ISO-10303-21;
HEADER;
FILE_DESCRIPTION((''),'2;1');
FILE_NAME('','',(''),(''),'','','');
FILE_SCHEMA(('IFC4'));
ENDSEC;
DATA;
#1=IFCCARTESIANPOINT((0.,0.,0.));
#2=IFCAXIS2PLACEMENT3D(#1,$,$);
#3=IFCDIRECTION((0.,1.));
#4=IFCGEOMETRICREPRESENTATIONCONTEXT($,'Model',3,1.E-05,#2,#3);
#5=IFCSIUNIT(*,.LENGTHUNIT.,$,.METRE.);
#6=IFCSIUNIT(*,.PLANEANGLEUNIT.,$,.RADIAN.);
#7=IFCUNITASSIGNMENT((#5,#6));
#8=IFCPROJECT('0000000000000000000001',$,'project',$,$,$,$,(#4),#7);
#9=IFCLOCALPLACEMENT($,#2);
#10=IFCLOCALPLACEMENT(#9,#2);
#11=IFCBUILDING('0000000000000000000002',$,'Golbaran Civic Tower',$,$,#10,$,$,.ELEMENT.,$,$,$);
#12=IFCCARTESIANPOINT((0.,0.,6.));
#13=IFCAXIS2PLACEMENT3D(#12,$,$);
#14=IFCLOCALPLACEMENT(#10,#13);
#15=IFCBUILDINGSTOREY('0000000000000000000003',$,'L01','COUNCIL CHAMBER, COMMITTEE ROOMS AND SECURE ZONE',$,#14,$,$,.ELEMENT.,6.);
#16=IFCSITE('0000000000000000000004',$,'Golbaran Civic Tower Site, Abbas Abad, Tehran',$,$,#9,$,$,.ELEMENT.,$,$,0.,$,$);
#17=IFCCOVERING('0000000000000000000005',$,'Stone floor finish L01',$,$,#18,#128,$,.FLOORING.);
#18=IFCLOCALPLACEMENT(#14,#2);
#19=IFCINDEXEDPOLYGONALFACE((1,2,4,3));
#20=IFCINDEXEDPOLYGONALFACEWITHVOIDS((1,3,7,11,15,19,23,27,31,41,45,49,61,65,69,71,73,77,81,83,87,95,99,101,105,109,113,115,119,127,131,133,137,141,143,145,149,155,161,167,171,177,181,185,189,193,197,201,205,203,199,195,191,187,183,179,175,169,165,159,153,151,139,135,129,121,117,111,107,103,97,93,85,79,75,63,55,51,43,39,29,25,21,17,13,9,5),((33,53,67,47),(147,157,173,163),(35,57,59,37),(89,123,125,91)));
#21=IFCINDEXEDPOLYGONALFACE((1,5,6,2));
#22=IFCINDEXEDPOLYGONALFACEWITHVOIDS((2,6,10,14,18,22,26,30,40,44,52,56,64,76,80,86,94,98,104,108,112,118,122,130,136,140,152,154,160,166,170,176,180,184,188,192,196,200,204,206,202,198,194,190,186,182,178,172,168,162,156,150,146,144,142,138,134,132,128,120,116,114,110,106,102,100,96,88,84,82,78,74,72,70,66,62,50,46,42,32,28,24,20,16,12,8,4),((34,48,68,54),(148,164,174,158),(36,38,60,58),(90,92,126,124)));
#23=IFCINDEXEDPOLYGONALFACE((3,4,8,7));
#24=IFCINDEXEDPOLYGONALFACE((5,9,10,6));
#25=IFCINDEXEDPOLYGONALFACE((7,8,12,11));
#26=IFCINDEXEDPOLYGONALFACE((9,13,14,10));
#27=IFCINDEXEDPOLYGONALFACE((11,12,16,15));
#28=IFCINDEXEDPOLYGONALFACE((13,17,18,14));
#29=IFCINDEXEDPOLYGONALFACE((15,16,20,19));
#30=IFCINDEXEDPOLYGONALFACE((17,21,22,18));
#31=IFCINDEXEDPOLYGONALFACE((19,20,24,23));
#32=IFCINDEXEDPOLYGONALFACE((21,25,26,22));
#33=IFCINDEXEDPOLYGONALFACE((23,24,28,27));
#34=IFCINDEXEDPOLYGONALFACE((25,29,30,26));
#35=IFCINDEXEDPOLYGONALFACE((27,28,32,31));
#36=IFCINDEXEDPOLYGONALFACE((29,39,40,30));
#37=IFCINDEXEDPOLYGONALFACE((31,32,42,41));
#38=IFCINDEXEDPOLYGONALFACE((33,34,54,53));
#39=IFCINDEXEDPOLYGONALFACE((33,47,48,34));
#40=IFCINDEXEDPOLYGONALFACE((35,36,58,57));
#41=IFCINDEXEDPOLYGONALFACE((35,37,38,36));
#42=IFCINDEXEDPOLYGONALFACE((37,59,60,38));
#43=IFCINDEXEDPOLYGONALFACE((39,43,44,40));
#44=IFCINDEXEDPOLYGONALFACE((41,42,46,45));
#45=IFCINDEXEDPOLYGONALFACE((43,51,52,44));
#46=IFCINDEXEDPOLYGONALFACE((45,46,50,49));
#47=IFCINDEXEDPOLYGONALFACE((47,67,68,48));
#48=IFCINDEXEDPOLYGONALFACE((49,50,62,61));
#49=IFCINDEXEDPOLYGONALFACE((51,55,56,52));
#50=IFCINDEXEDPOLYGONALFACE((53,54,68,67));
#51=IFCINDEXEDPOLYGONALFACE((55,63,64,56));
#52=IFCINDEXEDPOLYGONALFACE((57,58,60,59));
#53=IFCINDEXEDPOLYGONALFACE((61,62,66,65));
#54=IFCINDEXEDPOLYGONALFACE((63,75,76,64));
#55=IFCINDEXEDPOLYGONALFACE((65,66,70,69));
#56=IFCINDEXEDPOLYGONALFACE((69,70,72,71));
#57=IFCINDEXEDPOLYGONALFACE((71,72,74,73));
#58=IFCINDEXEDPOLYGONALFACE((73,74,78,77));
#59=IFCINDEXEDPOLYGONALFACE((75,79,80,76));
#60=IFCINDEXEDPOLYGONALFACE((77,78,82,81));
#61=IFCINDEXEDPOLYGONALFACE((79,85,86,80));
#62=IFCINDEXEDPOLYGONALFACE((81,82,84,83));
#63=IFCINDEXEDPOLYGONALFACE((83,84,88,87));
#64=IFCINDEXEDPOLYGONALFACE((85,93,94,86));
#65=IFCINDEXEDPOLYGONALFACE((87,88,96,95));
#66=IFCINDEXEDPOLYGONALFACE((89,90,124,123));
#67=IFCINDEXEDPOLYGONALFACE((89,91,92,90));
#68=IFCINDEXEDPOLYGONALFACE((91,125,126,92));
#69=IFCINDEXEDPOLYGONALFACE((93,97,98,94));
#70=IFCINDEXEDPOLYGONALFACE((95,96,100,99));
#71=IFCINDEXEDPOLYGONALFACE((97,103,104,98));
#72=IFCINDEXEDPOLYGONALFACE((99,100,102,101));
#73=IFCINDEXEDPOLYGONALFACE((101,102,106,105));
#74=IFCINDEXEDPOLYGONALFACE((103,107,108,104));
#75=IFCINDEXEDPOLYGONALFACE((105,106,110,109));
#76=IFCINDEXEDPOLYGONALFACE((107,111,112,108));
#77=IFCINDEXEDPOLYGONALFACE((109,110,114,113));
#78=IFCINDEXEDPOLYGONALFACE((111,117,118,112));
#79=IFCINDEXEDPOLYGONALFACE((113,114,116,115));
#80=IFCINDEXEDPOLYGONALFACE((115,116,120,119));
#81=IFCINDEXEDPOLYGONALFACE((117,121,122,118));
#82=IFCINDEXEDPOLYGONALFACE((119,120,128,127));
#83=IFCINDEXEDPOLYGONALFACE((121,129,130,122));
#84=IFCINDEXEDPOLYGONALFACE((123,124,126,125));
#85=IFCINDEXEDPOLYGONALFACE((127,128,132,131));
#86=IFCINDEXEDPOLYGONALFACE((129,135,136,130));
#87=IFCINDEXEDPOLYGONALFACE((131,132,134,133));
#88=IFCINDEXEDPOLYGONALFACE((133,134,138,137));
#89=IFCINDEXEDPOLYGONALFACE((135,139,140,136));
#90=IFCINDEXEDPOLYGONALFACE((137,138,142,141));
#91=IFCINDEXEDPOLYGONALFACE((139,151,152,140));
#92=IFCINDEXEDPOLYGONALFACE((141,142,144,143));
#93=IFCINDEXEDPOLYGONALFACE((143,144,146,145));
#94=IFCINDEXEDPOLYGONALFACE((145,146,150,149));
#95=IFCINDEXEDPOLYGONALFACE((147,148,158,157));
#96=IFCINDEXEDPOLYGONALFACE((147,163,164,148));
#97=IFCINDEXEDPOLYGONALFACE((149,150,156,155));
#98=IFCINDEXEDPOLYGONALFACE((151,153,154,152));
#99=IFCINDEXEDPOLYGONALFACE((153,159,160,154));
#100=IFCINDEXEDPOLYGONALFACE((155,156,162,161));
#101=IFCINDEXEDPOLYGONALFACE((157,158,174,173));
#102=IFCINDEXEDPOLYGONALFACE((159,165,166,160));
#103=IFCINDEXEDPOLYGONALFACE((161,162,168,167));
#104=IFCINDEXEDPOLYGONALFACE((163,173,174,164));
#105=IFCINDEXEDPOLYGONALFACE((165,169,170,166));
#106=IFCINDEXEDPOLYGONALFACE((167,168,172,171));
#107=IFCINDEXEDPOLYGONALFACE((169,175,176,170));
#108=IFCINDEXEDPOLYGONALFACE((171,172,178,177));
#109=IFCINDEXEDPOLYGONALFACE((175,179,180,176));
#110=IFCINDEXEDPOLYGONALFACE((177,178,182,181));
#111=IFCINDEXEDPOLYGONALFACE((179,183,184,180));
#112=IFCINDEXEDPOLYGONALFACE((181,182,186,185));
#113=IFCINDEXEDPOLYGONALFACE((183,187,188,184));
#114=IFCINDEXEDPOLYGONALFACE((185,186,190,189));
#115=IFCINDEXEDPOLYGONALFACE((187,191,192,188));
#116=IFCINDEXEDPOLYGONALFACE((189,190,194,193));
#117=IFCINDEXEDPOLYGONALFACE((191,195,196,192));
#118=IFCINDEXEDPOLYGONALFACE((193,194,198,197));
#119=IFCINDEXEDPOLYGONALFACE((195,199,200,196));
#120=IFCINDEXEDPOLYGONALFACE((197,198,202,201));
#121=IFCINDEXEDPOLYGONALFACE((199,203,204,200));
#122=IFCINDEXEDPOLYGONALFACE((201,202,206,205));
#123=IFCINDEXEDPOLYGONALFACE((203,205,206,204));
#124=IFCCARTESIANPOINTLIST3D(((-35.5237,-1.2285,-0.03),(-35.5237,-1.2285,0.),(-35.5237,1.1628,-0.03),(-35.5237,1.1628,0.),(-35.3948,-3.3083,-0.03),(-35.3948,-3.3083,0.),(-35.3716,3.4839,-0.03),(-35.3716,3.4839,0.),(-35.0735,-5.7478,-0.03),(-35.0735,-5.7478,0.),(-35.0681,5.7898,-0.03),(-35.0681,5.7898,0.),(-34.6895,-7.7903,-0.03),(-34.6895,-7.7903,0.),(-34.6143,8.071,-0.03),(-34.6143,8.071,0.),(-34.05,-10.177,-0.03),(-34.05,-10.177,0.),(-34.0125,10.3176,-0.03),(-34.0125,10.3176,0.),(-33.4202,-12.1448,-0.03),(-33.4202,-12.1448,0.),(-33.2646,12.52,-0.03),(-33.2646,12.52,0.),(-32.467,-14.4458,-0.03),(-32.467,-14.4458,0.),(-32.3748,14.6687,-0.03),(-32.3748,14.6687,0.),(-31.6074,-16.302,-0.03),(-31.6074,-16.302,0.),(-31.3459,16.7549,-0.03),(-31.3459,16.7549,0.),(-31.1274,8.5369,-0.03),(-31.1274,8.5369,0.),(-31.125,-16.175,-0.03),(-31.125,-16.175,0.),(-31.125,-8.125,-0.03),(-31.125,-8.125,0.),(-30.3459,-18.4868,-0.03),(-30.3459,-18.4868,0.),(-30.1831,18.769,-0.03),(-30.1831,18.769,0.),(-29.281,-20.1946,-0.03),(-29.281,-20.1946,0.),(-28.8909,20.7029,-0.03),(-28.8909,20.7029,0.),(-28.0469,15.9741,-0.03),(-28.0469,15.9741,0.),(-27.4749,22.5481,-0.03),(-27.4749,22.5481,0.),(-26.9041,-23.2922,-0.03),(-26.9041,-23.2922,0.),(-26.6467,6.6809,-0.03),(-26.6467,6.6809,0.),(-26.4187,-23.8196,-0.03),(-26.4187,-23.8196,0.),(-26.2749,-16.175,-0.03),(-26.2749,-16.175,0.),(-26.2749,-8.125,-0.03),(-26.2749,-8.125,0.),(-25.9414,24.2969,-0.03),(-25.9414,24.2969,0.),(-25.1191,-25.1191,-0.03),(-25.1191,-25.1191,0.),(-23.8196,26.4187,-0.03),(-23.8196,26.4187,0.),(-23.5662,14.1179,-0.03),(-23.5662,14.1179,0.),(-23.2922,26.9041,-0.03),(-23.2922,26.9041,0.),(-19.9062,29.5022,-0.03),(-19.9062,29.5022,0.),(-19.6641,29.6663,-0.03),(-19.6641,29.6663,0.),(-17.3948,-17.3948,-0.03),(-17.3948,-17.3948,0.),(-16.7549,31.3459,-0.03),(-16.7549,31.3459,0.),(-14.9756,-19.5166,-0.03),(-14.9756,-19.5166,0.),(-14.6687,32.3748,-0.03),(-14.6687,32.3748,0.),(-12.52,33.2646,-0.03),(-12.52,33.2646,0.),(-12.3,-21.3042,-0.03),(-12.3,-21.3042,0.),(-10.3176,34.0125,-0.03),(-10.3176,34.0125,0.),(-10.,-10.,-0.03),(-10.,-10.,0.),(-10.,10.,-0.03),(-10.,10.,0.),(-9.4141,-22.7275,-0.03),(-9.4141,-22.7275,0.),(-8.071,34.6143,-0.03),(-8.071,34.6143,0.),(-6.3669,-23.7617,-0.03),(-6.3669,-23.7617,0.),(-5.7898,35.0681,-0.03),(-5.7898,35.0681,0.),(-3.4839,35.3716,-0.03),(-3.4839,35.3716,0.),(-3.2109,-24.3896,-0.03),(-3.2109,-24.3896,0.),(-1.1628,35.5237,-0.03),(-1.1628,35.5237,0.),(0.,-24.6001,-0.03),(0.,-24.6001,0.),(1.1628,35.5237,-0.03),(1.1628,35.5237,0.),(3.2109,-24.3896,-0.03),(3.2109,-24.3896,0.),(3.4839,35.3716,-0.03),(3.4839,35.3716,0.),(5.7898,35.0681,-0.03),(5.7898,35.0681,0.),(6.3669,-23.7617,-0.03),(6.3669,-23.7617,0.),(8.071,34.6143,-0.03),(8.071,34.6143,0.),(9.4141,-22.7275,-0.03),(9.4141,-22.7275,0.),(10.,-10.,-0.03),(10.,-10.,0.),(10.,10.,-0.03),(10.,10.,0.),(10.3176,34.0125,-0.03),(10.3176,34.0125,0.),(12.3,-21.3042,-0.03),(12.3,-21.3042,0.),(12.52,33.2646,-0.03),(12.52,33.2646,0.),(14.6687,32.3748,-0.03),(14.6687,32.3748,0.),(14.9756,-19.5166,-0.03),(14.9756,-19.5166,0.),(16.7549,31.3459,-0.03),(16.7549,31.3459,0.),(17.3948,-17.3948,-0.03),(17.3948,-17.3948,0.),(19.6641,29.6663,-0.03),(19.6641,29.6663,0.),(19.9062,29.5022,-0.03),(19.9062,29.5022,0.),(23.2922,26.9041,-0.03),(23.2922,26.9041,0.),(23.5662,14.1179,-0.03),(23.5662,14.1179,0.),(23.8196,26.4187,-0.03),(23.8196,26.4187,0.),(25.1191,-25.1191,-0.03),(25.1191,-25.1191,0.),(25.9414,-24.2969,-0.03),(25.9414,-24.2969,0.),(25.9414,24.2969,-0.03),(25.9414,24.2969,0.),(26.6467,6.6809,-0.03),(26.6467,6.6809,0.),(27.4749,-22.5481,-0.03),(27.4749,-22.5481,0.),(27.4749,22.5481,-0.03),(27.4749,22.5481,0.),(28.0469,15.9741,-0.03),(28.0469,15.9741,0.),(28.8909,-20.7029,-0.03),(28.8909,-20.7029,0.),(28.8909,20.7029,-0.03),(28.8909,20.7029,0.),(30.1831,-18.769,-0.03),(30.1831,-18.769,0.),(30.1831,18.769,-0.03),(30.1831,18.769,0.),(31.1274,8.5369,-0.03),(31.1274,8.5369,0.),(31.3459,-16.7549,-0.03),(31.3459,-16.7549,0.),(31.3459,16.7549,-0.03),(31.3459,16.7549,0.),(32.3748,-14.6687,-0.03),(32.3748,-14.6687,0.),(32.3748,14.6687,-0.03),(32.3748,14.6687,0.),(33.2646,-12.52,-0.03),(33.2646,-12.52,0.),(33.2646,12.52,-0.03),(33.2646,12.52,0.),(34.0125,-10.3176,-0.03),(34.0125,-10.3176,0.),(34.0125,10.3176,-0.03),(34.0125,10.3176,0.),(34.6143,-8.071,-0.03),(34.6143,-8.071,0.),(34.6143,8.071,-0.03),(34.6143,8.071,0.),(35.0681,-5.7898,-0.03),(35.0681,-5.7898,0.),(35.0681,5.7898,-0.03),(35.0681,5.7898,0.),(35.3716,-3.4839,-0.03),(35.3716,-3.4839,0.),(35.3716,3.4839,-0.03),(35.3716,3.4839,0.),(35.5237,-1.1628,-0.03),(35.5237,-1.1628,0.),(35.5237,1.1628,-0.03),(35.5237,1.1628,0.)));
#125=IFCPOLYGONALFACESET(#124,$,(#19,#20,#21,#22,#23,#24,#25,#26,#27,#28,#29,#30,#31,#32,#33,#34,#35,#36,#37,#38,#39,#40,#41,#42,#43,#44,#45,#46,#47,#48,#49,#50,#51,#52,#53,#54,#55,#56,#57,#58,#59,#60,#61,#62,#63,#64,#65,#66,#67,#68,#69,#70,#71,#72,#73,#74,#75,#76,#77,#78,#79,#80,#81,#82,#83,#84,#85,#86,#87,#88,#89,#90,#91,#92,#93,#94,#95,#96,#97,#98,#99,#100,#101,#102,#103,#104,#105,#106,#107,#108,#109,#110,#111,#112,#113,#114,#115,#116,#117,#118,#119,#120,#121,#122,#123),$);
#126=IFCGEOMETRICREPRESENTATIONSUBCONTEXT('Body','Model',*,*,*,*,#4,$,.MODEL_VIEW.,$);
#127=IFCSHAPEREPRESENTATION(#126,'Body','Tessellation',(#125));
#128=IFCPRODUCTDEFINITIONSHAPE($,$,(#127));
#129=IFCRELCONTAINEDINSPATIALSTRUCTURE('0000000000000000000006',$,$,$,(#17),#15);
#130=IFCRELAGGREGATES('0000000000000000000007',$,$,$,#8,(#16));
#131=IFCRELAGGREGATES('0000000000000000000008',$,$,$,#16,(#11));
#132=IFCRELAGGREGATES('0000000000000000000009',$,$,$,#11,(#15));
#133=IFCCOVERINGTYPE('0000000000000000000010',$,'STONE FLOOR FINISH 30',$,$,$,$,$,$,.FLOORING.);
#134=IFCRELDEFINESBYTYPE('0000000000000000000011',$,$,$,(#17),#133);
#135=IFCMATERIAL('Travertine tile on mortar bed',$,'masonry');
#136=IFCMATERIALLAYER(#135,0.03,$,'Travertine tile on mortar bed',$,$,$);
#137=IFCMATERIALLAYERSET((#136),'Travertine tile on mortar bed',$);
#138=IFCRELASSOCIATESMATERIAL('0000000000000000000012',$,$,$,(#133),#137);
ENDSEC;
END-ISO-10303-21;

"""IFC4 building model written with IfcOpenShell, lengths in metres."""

from ifc_helpers import new_model, si_unit, direction, frame, origin, place, context, subcontext, project, spatial, polyline, outline, extrude, material, layer, layer_set, type_object, element, save


model = new_model("IFC4")

# Units and contexts
model_context = context("Model", 3, precision=1e-05, world=origin(), true_north=direction((0.0, 1.0)))
body_context = subcontext(model_context, "Body", "Model", "MODEL_VIEW")
ifc_project = project(units=[si_unit("LENGTHUNIT", "METRE"), si_unit("PLANEANGLEUNIT", "RADIAN")], contexts=[model_context])

# Site, building, storey
site_placement = place(None, origin())
site = spatial("IfcSite", under=ifc_project, at=site_placement, Name="Golbaran Civic Tower Site, Abbas Abad, Tehran", CompositionType="ELEMENT", RefElevation=0.0)
building_placement = place(site_placement, origin())
building = spatial("IfcBuilding", under=site, at=building_placement, Name="Golbaran Civic Tower", CompositionType="ELEMENT")
storey_placement = place(building_placement, frame((0.0, 0.0, 6.0)))
storey = spatial("IfcBuildingStorey", under=building, at=storey_placement, Name="L01", Description="COUNCIL CHAMBER, COMMITTEE ROOMS AND SECURE ZONE", CompositionType="ELEMENT", Elevation=6.0)

# Covering
ifc_material_1 = material(Name="Travertine tile on mortar bed", Category="masonry")
ifc_layer_1 = layer(ifc_material_1, 0.03, Name="Travertine tile on mortar bed")
ifc_layer_set_1 = layer_set([ifc_layer_1], Name="Travertine tile on mortar bed")
covering_type = type_object("IfcCoveringType", Name="STONE FLOOR FINISH 30", PredefinedType="FLOORING", material=ifc_layer_set_1)
covering_placement = place(storey_placement, frame((0.0, 0.0, -0.03)))
element("IfcCovering", 1, at=covering_placement, inside=storey, type_object=covering_type, Name="Stone floor finish L01", PredefinedType="FLOORING", context=body_context, shape_type="SweptSolid", body=[
    extrude(outline(polyline([(-34.05, -10.177), (-34.6895, -7.7903), (-35.0735, -5.7478), (-35.3948, -3.3083), (-35.5237, -1.2285), (-35.5237, 1.1628), (-35.3716, 3.4839), (-35.0681, 5.7898), (-34.6143, 8.071), (-34.0125, 10.3176), (-33.2646, 12.52), (-32.3748, 14.6687), (-31.3459, 16.7549), (-30.1831, 18.769), (-28.8909, 20.7029), (-27.4749, 22.5481), (-25.9414, 24.2969), (-23.8196, 26.4187), (-23.2922, 26.9041), (-19.9062, 29.5022), (-19.6641, 29.6663), (-16.7549, 31.3459), (-14.6687, 32.3748), (-12.52, 33.2646), (-10.3176, 34.0125), (-8.071, 34.6143), (-5.7898, 35.0681), (-3.4839, 35.3716), (-1.1628, 35.5237), (1.1628, 35.5237), (3.4839, 35.3716), (5.7898, 35.0681), (8.071, 34.6143), (10.3176, 34.0125), (12.52, 33.2646), (14.6687, 32.3748), (16.7549, 31.3459), (19.6641, 29.6663), (19.9062, 29.5022), (23.2922, 26.9041), (23.8196, 26.4187), (25.9414, 24.2969), (27.4749, 22.5481), (28.8909, 20.7029), (30.1831, 18.769), (31.3459, 16.7549), (32.3748, 14.6687), (33.2646, 12.52), (34.0125, 10.3176), (34.6143, 8.071), (35.0681, 5.7898), (35.3716, 3.4839), (35.5237, 1.1628), (35.5237, -1.1628), (35.3716, -3.4839), (35.0681, -5.7898), (34.6143, -8.071), (34.0125, -10.3176), (33.2646, -12.52), (32.3748, -14.6687), (31.3459, -16.7549), (30.1831, -18.769), (28.8909, -20.7029), (27.4749, -22.5481), (25.9414, -24.2969), (25.1191, -25.1191), (17.3948, -17.3948), (14.9756, -19.5166), (12.3, -21.3042), (9.4141, -22.7275), (6.3669, -23.7617), (3.2109, -24.3896), (0.0, -24.6001), (-3.2109, -24.3896), (-6.3669, -23.7617), (-9.4141, -22.7275), (-12.3, -21.3042), (-14.9756, -19.5166), (-17.3948, -17.3948), (-25.1191, -25.1191), (-26.4187, -23.8196), (-26.9041, -23.2922), (-29.281, -20.1946), (-30.3459, -18.4868), (-31.6074, -16.302), (-32.467, -14.4458), (-33.4202, -12.1448), (-34.05, -10.177)]), holes=[polyline([(26.6467, 6.6809), (31.1274, 8.5369), (28.0469, 15.9741), (23.5662, 14.1179), (26.6467, 6.6809)]), polyline([(10.0, 10.0), (-10.0, 10.0), (-10.0, -10.0), (10.0, -10.0), (10.0, 10.0)]), polyline([(-31.1274, 8.5369), (-26.6467, 6.6809), (-23.5662, 14.1179), (-28.0469, 15.9741), (-31.1274, 8.5369)]), polyline([(-31.125, -8.125), (-31.125, -16.175), (-26.2749, -16.175), (-26.2749, -8.125), (-31.125, -8.125)])]), origin(), (0.0, 0.0, 1.0), 0.03),
])

save(model, "model.ifc")
